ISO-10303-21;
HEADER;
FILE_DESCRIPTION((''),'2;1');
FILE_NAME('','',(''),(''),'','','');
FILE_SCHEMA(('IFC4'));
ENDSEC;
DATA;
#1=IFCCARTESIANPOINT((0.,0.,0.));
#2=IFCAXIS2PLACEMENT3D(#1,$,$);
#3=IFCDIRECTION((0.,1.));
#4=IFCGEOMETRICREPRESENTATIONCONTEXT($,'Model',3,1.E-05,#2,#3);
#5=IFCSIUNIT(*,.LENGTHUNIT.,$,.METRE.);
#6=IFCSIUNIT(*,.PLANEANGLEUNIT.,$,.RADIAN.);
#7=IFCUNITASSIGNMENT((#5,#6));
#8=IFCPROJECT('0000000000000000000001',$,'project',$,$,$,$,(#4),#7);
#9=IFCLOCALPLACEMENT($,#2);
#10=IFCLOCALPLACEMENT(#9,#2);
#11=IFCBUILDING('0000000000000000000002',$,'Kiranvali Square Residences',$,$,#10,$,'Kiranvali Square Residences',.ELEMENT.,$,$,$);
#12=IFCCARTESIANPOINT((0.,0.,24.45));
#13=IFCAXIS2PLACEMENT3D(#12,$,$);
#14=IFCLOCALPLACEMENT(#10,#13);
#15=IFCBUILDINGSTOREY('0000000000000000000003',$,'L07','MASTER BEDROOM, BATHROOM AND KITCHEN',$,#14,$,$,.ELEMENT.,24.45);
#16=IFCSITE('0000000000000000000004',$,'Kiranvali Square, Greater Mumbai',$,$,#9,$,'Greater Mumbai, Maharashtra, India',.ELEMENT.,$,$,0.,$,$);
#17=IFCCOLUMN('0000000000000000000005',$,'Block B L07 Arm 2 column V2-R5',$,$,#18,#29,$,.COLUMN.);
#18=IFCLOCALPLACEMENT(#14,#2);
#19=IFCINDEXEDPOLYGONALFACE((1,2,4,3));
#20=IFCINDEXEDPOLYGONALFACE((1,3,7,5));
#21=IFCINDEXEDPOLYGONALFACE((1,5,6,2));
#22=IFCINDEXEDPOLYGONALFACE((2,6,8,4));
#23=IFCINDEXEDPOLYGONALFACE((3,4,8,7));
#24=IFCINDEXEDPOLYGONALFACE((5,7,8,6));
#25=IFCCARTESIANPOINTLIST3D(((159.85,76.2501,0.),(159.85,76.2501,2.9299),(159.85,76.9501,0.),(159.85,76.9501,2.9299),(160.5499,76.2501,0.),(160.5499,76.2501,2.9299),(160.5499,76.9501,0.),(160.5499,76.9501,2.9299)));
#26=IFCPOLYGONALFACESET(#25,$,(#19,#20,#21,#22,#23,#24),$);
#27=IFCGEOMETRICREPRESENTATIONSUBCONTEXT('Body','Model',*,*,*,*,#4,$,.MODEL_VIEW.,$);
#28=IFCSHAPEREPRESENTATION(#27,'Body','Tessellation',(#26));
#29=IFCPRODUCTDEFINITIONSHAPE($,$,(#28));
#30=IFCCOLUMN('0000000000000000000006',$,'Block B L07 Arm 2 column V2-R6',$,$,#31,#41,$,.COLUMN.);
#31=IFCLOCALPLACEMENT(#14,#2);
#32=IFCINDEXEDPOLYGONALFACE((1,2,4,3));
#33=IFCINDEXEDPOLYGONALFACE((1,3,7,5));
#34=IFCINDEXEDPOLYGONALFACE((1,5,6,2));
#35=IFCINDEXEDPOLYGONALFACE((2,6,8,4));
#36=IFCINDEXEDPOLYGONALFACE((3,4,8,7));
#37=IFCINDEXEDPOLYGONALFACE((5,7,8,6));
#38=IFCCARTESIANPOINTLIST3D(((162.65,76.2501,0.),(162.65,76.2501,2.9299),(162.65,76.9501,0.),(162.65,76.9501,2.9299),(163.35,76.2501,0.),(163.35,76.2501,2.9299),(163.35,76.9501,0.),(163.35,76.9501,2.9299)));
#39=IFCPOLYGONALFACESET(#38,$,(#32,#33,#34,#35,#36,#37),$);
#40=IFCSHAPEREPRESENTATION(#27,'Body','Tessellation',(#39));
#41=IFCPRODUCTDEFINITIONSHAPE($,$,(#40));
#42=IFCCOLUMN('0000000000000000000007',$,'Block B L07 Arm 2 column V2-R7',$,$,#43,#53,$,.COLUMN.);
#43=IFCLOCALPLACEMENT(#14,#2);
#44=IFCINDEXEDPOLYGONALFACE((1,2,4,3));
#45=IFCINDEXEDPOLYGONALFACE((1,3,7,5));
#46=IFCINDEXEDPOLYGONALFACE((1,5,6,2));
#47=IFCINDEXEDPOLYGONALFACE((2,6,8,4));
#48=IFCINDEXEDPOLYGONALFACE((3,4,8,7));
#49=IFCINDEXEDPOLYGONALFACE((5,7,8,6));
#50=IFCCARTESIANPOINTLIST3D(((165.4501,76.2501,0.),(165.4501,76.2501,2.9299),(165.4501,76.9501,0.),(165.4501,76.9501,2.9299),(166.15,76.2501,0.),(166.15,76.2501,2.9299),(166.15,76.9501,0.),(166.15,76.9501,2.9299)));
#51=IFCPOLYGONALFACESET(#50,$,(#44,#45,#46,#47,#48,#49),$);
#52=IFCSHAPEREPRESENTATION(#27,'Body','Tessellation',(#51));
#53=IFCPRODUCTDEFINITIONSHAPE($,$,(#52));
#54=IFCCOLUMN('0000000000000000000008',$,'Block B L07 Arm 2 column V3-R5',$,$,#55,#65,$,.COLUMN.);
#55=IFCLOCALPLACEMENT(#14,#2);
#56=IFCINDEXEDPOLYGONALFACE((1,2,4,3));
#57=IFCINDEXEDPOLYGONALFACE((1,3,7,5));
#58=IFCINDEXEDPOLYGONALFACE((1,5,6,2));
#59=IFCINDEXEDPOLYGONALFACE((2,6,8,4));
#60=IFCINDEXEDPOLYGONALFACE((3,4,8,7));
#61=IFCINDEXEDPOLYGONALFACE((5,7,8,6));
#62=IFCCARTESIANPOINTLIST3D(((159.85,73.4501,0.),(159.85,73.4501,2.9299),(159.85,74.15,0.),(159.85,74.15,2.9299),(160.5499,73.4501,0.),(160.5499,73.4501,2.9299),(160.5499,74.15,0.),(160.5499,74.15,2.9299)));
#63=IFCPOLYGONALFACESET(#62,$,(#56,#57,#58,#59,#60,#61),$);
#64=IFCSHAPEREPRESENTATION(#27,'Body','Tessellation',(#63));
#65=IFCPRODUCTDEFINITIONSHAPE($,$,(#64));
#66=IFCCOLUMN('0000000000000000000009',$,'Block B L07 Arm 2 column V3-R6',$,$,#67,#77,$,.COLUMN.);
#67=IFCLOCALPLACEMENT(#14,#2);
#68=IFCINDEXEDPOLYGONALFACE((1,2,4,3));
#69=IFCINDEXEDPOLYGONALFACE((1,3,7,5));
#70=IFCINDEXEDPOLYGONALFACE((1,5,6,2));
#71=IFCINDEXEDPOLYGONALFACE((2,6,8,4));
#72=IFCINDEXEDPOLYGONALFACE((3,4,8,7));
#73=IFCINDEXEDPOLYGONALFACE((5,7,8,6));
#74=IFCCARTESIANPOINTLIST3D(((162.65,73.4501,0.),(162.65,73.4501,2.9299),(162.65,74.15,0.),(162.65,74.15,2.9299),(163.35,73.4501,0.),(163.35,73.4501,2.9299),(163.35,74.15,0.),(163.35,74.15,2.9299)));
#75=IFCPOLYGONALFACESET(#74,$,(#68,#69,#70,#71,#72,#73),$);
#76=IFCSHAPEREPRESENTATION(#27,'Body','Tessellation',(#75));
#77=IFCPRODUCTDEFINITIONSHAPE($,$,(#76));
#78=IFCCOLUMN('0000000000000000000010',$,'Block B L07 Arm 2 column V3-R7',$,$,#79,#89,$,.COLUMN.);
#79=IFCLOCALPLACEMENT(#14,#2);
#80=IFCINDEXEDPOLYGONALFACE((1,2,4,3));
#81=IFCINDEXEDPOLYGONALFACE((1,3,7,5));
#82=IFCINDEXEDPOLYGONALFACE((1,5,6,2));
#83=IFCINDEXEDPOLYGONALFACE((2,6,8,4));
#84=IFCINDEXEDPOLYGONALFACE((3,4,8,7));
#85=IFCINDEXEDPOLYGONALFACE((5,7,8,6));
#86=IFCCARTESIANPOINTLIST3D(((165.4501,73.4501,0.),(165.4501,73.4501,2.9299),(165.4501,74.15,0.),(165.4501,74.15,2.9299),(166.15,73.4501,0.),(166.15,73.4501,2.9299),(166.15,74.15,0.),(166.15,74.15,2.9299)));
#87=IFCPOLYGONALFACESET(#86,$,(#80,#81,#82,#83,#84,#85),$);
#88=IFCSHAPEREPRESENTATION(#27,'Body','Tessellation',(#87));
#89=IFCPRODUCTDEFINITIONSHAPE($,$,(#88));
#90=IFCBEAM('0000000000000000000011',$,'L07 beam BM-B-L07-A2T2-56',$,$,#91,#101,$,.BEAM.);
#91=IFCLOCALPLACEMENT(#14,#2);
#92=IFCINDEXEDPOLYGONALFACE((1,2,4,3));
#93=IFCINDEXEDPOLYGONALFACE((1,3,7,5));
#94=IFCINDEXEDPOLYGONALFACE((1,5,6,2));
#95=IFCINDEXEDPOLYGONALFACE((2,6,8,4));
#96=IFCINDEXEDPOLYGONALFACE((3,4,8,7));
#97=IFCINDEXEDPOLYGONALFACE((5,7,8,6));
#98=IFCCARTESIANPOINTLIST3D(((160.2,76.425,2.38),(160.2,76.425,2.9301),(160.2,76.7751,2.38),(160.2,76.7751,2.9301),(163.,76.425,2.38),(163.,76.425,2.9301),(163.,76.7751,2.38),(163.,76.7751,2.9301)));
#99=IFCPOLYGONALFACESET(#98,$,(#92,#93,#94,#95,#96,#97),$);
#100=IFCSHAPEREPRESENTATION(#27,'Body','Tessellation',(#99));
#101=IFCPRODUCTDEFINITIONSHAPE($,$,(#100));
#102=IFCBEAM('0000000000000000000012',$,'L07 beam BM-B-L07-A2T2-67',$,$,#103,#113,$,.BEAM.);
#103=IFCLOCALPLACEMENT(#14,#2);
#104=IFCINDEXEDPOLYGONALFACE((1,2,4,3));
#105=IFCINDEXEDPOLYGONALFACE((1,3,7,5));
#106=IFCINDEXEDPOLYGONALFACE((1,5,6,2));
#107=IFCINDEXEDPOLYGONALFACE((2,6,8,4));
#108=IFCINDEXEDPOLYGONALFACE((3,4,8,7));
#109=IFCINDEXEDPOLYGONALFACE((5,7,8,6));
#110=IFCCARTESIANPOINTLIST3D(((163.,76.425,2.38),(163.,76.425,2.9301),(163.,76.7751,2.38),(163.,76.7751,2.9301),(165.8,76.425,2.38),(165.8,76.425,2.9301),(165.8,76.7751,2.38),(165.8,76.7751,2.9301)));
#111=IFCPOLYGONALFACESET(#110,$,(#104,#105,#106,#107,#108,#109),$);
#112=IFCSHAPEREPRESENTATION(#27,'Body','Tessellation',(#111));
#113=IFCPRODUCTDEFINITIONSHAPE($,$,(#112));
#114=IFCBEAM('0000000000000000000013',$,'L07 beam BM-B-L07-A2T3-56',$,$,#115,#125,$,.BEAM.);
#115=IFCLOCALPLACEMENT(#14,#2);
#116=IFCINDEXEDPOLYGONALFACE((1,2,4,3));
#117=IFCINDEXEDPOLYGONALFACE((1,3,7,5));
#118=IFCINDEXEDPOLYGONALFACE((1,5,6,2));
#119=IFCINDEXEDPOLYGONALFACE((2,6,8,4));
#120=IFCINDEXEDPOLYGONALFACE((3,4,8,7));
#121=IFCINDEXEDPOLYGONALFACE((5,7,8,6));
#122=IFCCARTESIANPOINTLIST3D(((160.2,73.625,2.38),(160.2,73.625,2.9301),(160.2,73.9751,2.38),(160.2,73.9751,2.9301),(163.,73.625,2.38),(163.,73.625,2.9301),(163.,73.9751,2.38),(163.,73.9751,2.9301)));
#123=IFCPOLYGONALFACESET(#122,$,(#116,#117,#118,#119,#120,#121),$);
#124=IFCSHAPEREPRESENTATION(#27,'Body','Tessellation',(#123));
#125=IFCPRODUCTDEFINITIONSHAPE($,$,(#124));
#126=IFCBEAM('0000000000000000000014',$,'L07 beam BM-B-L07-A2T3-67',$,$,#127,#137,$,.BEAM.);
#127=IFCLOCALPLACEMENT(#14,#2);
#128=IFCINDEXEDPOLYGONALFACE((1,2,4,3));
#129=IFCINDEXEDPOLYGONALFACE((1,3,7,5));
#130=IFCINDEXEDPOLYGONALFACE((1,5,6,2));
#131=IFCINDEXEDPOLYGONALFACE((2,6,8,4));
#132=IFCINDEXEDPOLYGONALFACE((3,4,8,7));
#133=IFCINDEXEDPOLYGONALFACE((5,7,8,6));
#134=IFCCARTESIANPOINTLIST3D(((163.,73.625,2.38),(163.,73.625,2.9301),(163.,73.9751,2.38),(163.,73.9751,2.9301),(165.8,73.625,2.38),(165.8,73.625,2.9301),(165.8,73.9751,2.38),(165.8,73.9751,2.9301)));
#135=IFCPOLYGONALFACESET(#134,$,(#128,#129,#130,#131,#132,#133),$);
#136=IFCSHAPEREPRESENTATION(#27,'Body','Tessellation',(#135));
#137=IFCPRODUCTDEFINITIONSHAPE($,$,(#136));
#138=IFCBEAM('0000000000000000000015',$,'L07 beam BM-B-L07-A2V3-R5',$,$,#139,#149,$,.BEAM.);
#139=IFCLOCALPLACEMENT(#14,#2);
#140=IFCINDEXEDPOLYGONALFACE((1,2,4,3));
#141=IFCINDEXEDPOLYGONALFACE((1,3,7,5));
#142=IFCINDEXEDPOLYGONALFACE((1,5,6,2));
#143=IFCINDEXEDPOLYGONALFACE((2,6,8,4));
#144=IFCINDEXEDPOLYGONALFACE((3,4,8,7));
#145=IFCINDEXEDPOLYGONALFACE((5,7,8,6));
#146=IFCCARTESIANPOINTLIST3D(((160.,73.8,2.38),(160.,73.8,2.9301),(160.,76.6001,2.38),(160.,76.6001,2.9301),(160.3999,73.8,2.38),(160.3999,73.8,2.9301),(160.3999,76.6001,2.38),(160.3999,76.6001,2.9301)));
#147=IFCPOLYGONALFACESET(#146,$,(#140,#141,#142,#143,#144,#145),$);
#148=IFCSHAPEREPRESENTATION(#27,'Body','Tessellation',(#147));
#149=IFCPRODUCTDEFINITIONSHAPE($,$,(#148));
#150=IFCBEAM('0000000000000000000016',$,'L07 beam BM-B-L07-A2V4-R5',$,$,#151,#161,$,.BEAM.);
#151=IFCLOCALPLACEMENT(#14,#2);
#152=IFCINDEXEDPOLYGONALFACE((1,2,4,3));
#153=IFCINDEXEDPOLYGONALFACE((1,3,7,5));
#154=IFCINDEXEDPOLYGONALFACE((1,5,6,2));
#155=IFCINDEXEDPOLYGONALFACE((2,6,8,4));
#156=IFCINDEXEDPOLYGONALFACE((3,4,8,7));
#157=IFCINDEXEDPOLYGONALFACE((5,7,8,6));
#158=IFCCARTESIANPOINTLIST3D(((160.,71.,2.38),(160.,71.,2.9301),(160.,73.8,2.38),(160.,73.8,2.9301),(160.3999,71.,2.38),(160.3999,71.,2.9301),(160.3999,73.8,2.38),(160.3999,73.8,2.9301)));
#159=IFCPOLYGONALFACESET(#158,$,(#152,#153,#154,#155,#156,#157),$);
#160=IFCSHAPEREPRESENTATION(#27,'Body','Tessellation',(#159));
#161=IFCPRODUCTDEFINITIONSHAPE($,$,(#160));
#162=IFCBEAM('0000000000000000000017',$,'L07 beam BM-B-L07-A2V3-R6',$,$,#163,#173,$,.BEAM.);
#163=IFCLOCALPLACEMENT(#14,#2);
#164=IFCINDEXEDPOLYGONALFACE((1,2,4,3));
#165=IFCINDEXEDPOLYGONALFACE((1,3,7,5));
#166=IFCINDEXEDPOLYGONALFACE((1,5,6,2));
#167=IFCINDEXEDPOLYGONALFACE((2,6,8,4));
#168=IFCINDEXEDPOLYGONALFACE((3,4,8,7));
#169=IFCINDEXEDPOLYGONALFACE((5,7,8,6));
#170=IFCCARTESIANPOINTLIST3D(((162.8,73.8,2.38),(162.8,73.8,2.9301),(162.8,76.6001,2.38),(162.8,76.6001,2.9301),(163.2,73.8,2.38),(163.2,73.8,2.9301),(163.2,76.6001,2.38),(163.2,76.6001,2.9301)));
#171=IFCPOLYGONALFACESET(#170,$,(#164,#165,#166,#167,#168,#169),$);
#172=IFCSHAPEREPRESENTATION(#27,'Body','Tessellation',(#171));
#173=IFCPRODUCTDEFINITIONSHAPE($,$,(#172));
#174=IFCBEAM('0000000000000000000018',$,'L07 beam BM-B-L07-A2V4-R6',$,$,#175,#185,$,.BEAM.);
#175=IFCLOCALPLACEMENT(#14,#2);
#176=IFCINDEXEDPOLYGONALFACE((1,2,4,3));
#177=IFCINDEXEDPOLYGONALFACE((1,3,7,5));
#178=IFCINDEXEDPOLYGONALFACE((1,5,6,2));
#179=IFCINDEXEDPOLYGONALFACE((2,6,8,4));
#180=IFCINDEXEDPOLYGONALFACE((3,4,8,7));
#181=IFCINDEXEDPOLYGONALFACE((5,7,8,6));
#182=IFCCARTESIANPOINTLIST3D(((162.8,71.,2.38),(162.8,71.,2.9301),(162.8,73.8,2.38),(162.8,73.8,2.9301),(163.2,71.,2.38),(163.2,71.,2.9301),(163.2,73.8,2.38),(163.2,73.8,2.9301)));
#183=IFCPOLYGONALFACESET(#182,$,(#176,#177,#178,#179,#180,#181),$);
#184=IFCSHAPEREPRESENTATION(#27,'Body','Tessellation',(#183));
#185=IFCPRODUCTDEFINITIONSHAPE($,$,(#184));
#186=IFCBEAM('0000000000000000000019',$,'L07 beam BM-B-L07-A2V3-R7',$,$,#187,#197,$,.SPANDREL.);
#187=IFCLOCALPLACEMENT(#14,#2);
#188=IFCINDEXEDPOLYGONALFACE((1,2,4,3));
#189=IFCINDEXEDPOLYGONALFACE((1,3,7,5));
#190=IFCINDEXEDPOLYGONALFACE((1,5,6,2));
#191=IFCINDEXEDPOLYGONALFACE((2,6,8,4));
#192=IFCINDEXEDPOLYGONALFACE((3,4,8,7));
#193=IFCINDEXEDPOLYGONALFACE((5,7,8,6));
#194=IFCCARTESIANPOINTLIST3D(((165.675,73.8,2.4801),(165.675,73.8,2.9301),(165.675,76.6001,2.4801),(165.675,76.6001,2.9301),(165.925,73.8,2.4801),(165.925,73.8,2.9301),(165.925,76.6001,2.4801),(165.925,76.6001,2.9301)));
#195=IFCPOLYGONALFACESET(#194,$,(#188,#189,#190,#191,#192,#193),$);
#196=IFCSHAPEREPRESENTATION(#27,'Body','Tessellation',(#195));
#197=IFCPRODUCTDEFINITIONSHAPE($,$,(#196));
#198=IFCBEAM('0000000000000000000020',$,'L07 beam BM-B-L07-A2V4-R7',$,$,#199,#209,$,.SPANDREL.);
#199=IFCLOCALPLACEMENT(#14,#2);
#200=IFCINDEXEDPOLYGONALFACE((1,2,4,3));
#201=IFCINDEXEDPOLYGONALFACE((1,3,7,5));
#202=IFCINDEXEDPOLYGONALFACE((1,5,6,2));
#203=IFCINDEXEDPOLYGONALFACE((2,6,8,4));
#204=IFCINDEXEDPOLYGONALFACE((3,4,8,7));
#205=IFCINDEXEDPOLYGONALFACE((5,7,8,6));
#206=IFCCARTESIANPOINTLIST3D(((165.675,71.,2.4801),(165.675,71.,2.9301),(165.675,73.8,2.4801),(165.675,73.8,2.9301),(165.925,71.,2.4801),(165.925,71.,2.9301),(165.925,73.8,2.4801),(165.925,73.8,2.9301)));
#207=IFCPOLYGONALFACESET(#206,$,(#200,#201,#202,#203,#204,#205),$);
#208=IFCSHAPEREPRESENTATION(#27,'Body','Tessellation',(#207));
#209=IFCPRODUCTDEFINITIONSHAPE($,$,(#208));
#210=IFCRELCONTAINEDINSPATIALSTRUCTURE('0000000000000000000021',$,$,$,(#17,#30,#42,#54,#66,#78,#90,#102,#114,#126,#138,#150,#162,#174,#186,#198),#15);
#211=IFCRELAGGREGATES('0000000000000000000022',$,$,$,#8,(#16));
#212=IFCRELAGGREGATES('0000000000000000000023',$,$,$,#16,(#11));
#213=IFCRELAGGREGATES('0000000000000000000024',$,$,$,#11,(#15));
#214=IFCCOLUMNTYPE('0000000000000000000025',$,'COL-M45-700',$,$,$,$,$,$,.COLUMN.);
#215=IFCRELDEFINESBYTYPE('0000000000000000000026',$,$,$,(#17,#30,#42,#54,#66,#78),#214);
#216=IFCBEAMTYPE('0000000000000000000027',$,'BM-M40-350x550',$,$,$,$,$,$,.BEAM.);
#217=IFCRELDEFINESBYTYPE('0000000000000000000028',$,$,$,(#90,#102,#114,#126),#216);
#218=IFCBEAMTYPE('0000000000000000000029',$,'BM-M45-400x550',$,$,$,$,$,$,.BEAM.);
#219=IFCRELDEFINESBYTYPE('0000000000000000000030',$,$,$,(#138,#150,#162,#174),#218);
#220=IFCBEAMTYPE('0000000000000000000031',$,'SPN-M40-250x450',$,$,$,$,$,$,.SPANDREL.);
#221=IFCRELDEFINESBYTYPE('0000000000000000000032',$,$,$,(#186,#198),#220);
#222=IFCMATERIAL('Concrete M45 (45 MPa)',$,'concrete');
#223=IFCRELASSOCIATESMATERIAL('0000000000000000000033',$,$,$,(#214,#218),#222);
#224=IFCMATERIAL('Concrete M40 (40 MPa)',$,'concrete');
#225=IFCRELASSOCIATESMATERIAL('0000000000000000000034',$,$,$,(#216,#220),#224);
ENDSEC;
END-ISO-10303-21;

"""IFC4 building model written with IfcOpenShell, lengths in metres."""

from ifc_helpers import new_model, si_unit, direction, frame, origin, origin_2d, place, context, subcontext, project, spatial, rectangle, extrude, material, material_profile, profile_set, type_object, element, save


model = new_model("IFC4")

# Units and contexts
model_context = context("Model", 3, precision=1e-05, world=origin(), true_north=direction((0.0, 1.0)))
body_context = subcontext(model_context, "Body", "Model", "MODEL_VIEW")
ifc_project = project(units=[si_unit("LENGTHUNIT", "METRE"), si_unit("PLANEANGLEUNIT", "RADIAN")], contexts=[model_context])

# Site, building, storey
site_placement = place(None, origin())
site = spatial("IfcSite", under=ifc_project, at=site_placement, Name="Kiranvali Square, Greater Mumbai", LongName="Greater Mumbai, Maharashtra, India", CompositionType="ELEMENT", RefElevation=0.0)
building_placement = place(site_placement, origin())
building = spatial("IfcBuilding", under=site, at=building_placement, Name="Kiranvali Square Residences", LongName="Kiranvali Square Residences", CompositionType="ELEMENT")
storey_placement = place(building_placement, frame((0.0, 0.0, 24.45)))
storey = spatial("IfcBuildingStorey", under=building, at=storey_placement, Name="L07", Description="MASTER BEDROOM, BATHROOM AND KITCHEN", CompositionType="ELEMENT", Elevation=24.45)

# Columns
ifc_material_1 = material(Name="Concrete M45 (45 MPa)", Category="concrete")
ifc_material_profile_1 = material_profile(ifc_material_1, rectangle(XDim=0.7, YDim=0.7, at=origin_2d()), Name="RC 700x700")
ifc_profile_set_1 = profile_set([ifc_material_profile_1], Name="Concrete M45 (45 MPa)")
column_type = type_object("IfcColumnType", Name="COL-M45-700", PredefinedType="COLUMN", material=ifc_profile_set_1)
for number, where, z_axis, x_axis, name in (
    (1, (160.2, 76.6001, 0.0), (0.0, 0.0, 1.0), (1.0, 0.0, 0.0), "Block B L07 Arm 2 column V2-R5"),
    (2, (163.0, 76.6001, 0.0), (0.0, 0.0, 1.0), (1.0, 0.0, 0.0), "Block B L07 Arm 2 column V2-R6"),
    (3, (165.8, 76.6001, 0.0), (0.0, 0.0, 1.0), (1.0, 0.0, 0.0), "Block B L07 Arm 2 column V2-R7"),
    (4, (160.2, 73.8, 0.0), (0.0, 0.0, 1.0), (1.0, 0.0, 0.0), "Block B L07 Arm 2 column V3-R5"),
    (5, (163.0, 73.8, 0.0), (0.0, 0.0, 1.0), (1.0, 0.0, 0.0), "Block B L07 Arm 2 column V3-R6"),
    (6, (165.8, 73.8, 0.0), (0.0, 0.0, 1.0), (1.0, 0.0, 0.0), "Block B L07 Arm 2 column V3-R7"),
):
    element("IfcColumn", number, at=place(storey_placement, frame(where, z_axis=z_axis, x_axis=x_axis)), inside=storey, type_object=column_type, Name=name, PredefinedType="COLUMN", context=body_context, shape_type="SweptSolid", body=[
        extrude(rectangle(XDim=0.7, YDim=0.7, at=origin_2d()), origin(), (0.0, 0.0, 1.0), 2.9299),
    ])

# Beams
ifc_material_2 = material(Name="Concrete M40 (40 MPa)", Category="concrete")
ifc_material_profile_2 = material_profile(ifc_material_2, rectangle(XDim=0.3501, YDim=0.55, at=origin_2d()), Name="RC 350x550")
ifc_profile_set_2 = profile_set([ifc_material_profile_2], Name="Concrete M40 (40 MPa)")
beam_type_1 = type_object("IfcBeamType", Name="BM-M40-350x550", PredefinedType="BEAM", material=ifc_profile_set_2)
for number, where, z_axis, x_axis, name in (
    (7, (160.2, 76.6001, 2.655), (1.0, 0.0, 0.0), (0.0, 1.0, 0.0), "L07 beam BM-B-L07-A2T2-56"),
    (8, (163.0, 76.6001, 2.655), (1.0, 0.0, 0.0), (0.0, 1.0, 0.0), "L07 beam BM-B-L07-A2T2-67"),
    (9, (160.2, 73.8, 2.655), (1.0, 0.0, 0.0), (0.0, 1.0, 0.0), "L07 beam BM-B-L07-A2T3-56"),
    (10, (163.0, 73.8, 2.655), (1.0, 0.0, 0.0), (0.0, 1.0, 0.0), "L07 beam BM-B-L07-A2T3-67"),
):
    element("IfcBeam", number, at=place(storey_placement, frame(where, z_axis=z_axis, x_axis=x_axis)), inside=storey, type_object=beam_type_1, Name=name, PredefinedType="BEAM", context=body_context, shape_type="SweptSolid", body=[
        extrude(rectangle(XDim=0.3501, YDim=0.55, at=origin_2d()), origin(), (0.0, 0.0, 1.0), 2.8),
    ])
ifc_material_profile_3 = material_profile(ifc_material_1, rectangle(XDim=0.3999, YDim=0.55, at=origin_2d()), Name="RC 400x550")
ifc_profile_set_3 = profile_set([ifc_material_profile_3], Name="Concrete M45 (45 MPa)")
beam_type_2 = type_object("IfcBeamType", Name="BM-M45-400x550", PredefinedType="BEAM", material=ifc_profile_set_3)
for number, where, z_axis, x_axis, name in (
    (11, (160.2, 76.6001, 2.655), (0.0, -1.0, 0.0), (1.0, 0.0, 0.0), "L07 beam BM-B-L07-A2V3-R5"),
    (12, (160.2, 73.8, 2.655), (0.0, -1.0, 0.0), (1.0, 0.0, 0.0), "L07 beam BM-B-L07-A2V4-R5"),
    (13, (163.0, 76.6001, 2.655), (0.0, -1.0, 0.0), (1.0, 0.0, 0.0), "L07 beam BM-B-L07-A2V3-R6"),
    (14, (163.0, 73.8, 2.655), (0.0, -1.0, 0.0), (1.0, 0.0, 0.0), "L07 beam BM-B-L07-A2V4-R6"),
):
    element("IfcBeam", number, at=place(storey_placement, frame(where, z_axis=z_axis, x_axis=x_axis)), inside=storey, type_object=beam_type_2, Name=name, PredefinedType="BEAM", context=body_context, shape_type="SweptSolid", body=[
        extrude(rectangle(XDim=0.3999, YDim=0.55, at=origin_2d()), origin(), (0.0, 0.0, 1.0), 2.8),
    ])
ifc_material_profile_4 = material_profile(ifc_material_2, rectangle(XDim=0.25, YDim=0.45, at=origin_2d()), Name="RC 250x450")
ifc_profile_set_4 = profile_set([ifc_material_profile_4], Name="Concrete M40 (40 MPa)")
beam_type_3 = type_object("IfcBeamType", Name="SPN-M40-250x450", PredefinedType="SPANDREL", material=ifc_profile_set_4)
for number, where, z_axis, x_axis, name in (
    (15, (165.8, 76.6001, 2.7051), (0.0, -1.0, 0.0), (1.0, 0.0, 0.0), "L07 beam BM-B-L07-A2V3-R7"),
    (16, (165.8, 73.8, 2.7051), (0.0, -1.0, 0.0), (1.0, 0.0, 0.0), "L07 beam BM-B-L07-A2V4-R7"),
):
    element("IfcBeam", number, at=place(storey_placement, frame(where, z_axis=z_axis, x_axis=x_axis)), inside=storey, type_object=beam_type_3, Name=name, PredefinedType="SPANDREL", context=body_context, shape_type="SweptSolid", body=[
        extrude(rectangle(XDim=0.25, YDim=0.45, at=origin_2d()), origin(), (0.0, 0.0, 1.0), 2.8),
    ])

save(model, "model.ifc")
